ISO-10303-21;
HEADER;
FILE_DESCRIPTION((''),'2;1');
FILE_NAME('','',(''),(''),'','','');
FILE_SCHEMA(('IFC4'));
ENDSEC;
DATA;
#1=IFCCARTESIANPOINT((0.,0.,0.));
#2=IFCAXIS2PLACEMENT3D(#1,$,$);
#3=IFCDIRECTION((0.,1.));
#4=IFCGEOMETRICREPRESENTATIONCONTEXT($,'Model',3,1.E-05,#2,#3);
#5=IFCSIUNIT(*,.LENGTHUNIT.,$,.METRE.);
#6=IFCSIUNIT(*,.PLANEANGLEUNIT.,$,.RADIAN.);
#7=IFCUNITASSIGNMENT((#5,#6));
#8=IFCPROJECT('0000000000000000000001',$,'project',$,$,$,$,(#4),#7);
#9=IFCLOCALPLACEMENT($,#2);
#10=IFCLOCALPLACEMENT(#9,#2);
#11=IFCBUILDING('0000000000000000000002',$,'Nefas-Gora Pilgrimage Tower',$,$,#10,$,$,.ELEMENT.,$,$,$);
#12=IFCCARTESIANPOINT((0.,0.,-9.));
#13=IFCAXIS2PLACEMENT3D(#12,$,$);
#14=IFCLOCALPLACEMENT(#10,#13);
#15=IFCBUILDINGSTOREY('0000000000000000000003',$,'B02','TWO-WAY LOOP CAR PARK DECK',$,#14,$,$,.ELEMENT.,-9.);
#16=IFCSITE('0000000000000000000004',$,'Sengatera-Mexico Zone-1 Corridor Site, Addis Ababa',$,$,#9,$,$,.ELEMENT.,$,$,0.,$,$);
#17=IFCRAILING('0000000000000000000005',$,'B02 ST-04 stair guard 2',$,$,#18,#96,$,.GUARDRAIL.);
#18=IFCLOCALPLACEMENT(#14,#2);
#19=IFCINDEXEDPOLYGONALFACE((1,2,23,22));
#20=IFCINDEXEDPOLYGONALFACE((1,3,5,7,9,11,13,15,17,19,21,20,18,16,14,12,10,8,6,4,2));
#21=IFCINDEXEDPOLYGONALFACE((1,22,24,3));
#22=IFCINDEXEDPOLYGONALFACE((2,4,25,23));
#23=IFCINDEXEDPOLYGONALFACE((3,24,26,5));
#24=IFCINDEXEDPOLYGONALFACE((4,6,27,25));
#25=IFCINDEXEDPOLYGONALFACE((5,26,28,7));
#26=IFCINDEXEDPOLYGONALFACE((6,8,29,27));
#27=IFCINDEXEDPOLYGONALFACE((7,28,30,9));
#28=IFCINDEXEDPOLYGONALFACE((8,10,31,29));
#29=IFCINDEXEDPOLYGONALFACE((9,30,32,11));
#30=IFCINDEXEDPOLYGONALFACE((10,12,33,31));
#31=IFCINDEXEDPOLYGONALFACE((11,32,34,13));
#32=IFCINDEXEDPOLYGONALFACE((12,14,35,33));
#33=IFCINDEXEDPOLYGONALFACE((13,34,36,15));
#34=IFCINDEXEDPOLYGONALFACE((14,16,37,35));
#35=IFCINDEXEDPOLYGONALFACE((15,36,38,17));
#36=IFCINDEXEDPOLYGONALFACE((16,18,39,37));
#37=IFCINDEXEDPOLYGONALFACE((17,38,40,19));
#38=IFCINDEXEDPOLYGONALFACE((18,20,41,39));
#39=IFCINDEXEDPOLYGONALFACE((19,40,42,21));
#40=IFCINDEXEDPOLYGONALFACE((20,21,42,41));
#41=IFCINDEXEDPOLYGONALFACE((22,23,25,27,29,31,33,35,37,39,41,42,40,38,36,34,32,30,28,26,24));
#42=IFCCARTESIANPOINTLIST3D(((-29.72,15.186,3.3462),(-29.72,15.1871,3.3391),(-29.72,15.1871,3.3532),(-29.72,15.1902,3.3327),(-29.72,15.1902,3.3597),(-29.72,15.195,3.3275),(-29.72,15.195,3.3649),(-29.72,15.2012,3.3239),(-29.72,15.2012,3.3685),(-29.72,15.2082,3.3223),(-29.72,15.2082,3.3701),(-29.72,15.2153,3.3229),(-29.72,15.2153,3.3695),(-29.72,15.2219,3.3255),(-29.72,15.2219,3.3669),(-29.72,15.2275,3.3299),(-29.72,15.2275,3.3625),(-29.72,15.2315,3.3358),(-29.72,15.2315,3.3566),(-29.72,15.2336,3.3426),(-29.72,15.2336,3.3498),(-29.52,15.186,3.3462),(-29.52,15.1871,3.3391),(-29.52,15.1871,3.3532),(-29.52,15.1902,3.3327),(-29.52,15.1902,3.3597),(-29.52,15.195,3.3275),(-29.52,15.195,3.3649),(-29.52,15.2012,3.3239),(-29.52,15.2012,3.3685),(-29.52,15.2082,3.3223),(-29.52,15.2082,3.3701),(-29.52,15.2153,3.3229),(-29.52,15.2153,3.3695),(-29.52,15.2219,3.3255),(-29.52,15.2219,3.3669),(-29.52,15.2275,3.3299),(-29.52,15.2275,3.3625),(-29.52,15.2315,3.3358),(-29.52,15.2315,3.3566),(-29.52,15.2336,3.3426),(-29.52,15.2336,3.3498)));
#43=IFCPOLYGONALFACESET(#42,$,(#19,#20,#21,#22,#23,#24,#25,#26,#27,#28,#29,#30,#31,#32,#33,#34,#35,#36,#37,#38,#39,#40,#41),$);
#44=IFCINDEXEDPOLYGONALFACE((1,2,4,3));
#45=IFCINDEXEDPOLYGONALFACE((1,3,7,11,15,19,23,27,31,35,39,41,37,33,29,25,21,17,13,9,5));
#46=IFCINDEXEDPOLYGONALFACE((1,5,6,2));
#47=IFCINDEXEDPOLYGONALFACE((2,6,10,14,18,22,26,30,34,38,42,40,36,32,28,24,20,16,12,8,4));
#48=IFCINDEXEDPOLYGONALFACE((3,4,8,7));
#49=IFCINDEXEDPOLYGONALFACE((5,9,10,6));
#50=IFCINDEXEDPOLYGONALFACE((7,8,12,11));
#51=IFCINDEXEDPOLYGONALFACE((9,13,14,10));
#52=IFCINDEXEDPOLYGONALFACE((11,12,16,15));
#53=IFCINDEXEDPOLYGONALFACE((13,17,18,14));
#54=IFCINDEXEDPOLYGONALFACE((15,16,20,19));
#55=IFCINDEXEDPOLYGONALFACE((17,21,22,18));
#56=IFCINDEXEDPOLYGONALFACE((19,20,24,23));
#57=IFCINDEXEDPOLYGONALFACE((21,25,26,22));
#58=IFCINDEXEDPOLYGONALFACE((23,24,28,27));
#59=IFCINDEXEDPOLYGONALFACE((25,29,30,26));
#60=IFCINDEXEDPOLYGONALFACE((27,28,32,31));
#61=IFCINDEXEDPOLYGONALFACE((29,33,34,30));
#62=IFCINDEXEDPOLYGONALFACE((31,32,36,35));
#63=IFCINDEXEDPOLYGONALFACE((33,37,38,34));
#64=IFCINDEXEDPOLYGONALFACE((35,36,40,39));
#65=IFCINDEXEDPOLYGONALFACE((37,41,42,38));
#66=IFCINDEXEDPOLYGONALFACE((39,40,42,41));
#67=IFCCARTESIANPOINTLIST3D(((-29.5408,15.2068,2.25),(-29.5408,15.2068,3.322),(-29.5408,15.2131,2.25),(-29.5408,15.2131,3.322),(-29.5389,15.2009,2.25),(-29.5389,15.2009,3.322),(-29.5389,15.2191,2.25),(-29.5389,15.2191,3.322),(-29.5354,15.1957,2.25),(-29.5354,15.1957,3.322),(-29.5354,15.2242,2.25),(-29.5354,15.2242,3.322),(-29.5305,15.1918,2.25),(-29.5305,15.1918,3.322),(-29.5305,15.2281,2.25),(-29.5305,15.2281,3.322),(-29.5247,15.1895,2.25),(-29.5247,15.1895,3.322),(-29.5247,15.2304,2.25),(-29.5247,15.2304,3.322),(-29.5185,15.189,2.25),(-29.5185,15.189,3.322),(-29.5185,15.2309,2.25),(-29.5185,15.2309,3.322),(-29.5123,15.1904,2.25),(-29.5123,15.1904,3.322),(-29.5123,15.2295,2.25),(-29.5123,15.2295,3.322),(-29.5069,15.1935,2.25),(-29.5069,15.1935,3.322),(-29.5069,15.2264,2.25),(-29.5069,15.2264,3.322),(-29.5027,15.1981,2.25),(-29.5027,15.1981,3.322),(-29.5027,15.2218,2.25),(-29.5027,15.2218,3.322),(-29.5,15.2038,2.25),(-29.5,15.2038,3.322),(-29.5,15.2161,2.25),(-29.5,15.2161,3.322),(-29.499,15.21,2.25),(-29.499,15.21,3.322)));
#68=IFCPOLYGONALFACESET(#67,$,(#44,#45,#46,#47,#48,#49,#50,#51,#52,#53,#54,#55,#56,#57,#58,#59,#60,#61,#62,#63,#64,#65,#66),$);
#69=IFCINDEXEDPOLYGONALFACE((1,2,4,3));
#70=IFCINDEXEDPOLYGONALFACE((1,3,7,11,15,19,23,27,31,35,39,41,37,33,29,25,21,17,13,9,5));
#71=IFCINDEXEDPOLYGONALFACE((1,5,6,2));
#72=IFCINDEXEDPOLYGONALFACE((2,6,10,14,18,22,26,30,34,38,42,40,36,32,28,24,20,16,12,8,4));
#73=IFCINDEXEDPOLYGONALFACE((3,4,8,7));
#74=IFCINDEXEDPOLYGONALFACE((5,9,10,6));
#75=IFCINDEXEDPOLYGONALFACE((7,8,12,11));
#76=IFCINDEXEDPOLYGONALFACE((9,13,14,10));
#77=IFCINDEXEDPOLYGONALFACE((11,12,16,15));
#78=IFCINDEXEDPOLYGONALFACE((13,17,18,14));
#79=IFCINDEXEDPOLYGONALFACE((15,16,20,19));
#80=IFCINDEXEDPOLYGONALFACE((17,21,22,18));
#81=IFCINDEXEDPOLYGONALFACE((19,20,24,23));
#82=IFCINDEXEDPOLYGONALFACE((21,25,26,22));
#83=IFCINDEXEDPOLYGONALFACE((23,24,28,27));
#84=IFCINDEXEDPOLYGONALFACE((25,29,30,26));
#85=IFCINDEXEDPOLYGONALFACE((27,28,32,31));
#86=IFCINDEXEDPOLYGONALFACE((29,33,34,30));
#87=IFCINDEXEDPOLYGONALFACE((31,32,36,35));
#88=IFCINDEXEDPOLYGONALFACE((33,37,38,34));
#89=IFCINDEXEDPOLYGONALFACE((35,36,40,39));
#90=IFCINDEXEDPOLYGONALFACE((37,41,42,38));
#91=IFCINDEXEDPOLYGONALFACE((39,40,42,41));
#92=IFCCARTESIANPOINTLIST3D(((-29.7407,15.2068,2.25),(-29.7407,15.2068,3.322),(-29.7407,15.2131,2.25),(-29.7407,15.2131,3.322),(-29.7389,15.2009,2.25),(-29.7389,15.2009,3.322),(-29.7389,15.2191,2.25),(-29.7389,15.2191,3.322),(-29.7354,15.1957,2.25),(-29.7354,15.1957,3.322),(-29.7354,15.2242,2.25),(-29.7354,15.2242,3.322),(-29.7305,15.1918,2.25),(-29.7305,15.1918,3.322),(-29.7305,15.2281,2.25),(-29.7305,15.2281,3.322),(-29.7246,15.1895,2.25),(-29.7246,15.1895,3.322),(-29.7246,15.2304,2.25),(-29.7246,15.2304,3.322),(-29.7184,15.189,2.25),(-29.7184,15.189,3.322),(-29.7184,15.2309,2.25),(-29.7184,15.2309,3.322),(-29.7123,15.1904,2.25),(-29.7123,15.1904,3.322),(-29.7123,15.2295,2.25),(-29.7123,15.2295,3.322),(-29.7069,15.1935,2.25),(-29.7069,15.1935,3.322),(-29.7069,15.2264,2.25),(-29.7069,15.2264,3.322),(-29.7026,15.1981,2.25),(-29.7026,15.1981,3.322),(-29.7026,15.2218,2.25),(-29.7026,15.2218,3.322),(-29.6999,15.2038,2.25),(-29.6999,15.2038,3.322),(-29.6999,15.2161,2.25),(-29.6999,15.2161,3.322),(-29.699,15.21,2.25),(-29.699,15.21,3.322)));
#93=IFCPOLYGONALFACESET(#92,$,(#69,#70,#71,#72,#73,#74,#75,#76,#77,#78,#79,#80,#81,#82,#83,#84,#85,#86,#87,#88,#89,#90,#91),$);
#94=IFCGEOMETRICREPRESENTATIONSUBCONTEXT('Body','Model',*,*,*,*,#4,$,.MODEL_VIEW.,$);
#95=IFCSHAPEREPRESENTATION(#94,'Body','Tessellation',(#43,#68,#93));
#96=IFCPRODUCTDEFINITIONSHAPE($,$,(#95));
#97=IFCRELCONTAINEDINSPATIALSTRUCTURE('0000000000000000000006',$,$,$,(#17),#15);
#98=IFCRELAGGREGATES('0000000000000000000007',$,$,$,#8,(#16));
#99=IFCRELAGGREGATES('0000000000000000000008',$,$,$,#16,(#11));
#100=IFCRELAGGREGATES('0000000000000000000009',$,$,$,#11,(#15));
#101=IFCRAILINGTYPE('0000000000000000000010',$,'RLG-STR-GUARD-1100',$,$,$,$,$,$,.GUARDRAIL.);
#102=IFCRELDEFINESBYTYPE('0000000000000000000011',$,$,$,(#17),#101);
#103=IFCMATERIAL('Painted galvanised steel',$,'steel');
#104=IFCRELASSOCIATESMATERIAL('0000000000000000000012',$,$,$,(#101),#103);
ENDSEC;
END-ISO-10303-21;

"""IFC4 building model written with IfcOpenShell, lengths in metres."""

from ifc_helpers import new_model, si_unit, direction, frame, origin, origin_2d, place, context, subcontext, project, spatial, circle, extrude, material, type_object, element, save


model = new_model("IFC4")

# Units and contexts
model_context = context("Model", 3, precision=1e-05, world=origin(), true_north=direction((0.0, 1.0)))
body_context = subcontext(model_context, "Body", "Model", "MODEL_VIEW")
ifc_project = project(units=[si_unit("LENGTHUNIT", "METRE"), si_unit("PLANEANGLEUNIT", "RADIAN")], contexts=[model_context])

# Site, building, storey
site_placement = place(None, origin())
site = spatial("IfcSite", under=ifc_project, at=site_placement, Name="Sengatera-Mexico Zone-1 Corridor Site, Addis Ababa", CompositionType="ELEMENT", RefElevation=0.0)
building_placement = place(site_placement, origin())
building = spatial("IfcBuilding", under=site, at=building_placement, Name="Nefas-Gora Pilgrimage Tower", CompositionType="ELEMENT")
storey_placement = place(building_placement, frame((0.0, 0.0, -9.0)))
storey = spatial("IfcBuildingStorey", under=building, at=storey_placement, Name="B02", Description="TWO-WAY LOOP CAR PARK DECK", CompositionType="ELEMENT", Elevation=-9.0)

# Railing
ifc_material_1 = material(Name="Painted galvanised steel", Category="steel")
railing_type_1 = type_object("IfcRailingType", Name="RLG-STR-GUARD-1100", PredefinedType="GUARDRAIL", material=ifc_material_1)
railing_1_placement = place(storey_placement, frame((-29.52, 15.21, 2.25)))
element("IfcRailing", 1, at=railing_1_placement, inside=storey, type_object=railing_type_1, Name="B02 ST-04 stair guard 2", PredefinedType="GUARDRAIL", context=body_context, shape_type="SweptSolid", body=[
    extrude(circle(Radius=0.0239, at=origin_2d()), frame((0.0, 0.0, 1.0962), z_axis=(-1.0, 0.0, 0.0), x_axis=(0.0, -1.0, 0.0)), (0.0, 0.0, 1.0), 0.2),
    extrude(circle(Radius=0.021, at=origin_2d()), origin(), (0.0, 0.0, 1.0), 1.072),
    extrude(circle(Radius=0.021, at=origin_2d()), frame((-0.2, 0.0, 0.0)), (0.0, 0.0, 1.0), 1.072),
])

save(model, "model.ifc")
